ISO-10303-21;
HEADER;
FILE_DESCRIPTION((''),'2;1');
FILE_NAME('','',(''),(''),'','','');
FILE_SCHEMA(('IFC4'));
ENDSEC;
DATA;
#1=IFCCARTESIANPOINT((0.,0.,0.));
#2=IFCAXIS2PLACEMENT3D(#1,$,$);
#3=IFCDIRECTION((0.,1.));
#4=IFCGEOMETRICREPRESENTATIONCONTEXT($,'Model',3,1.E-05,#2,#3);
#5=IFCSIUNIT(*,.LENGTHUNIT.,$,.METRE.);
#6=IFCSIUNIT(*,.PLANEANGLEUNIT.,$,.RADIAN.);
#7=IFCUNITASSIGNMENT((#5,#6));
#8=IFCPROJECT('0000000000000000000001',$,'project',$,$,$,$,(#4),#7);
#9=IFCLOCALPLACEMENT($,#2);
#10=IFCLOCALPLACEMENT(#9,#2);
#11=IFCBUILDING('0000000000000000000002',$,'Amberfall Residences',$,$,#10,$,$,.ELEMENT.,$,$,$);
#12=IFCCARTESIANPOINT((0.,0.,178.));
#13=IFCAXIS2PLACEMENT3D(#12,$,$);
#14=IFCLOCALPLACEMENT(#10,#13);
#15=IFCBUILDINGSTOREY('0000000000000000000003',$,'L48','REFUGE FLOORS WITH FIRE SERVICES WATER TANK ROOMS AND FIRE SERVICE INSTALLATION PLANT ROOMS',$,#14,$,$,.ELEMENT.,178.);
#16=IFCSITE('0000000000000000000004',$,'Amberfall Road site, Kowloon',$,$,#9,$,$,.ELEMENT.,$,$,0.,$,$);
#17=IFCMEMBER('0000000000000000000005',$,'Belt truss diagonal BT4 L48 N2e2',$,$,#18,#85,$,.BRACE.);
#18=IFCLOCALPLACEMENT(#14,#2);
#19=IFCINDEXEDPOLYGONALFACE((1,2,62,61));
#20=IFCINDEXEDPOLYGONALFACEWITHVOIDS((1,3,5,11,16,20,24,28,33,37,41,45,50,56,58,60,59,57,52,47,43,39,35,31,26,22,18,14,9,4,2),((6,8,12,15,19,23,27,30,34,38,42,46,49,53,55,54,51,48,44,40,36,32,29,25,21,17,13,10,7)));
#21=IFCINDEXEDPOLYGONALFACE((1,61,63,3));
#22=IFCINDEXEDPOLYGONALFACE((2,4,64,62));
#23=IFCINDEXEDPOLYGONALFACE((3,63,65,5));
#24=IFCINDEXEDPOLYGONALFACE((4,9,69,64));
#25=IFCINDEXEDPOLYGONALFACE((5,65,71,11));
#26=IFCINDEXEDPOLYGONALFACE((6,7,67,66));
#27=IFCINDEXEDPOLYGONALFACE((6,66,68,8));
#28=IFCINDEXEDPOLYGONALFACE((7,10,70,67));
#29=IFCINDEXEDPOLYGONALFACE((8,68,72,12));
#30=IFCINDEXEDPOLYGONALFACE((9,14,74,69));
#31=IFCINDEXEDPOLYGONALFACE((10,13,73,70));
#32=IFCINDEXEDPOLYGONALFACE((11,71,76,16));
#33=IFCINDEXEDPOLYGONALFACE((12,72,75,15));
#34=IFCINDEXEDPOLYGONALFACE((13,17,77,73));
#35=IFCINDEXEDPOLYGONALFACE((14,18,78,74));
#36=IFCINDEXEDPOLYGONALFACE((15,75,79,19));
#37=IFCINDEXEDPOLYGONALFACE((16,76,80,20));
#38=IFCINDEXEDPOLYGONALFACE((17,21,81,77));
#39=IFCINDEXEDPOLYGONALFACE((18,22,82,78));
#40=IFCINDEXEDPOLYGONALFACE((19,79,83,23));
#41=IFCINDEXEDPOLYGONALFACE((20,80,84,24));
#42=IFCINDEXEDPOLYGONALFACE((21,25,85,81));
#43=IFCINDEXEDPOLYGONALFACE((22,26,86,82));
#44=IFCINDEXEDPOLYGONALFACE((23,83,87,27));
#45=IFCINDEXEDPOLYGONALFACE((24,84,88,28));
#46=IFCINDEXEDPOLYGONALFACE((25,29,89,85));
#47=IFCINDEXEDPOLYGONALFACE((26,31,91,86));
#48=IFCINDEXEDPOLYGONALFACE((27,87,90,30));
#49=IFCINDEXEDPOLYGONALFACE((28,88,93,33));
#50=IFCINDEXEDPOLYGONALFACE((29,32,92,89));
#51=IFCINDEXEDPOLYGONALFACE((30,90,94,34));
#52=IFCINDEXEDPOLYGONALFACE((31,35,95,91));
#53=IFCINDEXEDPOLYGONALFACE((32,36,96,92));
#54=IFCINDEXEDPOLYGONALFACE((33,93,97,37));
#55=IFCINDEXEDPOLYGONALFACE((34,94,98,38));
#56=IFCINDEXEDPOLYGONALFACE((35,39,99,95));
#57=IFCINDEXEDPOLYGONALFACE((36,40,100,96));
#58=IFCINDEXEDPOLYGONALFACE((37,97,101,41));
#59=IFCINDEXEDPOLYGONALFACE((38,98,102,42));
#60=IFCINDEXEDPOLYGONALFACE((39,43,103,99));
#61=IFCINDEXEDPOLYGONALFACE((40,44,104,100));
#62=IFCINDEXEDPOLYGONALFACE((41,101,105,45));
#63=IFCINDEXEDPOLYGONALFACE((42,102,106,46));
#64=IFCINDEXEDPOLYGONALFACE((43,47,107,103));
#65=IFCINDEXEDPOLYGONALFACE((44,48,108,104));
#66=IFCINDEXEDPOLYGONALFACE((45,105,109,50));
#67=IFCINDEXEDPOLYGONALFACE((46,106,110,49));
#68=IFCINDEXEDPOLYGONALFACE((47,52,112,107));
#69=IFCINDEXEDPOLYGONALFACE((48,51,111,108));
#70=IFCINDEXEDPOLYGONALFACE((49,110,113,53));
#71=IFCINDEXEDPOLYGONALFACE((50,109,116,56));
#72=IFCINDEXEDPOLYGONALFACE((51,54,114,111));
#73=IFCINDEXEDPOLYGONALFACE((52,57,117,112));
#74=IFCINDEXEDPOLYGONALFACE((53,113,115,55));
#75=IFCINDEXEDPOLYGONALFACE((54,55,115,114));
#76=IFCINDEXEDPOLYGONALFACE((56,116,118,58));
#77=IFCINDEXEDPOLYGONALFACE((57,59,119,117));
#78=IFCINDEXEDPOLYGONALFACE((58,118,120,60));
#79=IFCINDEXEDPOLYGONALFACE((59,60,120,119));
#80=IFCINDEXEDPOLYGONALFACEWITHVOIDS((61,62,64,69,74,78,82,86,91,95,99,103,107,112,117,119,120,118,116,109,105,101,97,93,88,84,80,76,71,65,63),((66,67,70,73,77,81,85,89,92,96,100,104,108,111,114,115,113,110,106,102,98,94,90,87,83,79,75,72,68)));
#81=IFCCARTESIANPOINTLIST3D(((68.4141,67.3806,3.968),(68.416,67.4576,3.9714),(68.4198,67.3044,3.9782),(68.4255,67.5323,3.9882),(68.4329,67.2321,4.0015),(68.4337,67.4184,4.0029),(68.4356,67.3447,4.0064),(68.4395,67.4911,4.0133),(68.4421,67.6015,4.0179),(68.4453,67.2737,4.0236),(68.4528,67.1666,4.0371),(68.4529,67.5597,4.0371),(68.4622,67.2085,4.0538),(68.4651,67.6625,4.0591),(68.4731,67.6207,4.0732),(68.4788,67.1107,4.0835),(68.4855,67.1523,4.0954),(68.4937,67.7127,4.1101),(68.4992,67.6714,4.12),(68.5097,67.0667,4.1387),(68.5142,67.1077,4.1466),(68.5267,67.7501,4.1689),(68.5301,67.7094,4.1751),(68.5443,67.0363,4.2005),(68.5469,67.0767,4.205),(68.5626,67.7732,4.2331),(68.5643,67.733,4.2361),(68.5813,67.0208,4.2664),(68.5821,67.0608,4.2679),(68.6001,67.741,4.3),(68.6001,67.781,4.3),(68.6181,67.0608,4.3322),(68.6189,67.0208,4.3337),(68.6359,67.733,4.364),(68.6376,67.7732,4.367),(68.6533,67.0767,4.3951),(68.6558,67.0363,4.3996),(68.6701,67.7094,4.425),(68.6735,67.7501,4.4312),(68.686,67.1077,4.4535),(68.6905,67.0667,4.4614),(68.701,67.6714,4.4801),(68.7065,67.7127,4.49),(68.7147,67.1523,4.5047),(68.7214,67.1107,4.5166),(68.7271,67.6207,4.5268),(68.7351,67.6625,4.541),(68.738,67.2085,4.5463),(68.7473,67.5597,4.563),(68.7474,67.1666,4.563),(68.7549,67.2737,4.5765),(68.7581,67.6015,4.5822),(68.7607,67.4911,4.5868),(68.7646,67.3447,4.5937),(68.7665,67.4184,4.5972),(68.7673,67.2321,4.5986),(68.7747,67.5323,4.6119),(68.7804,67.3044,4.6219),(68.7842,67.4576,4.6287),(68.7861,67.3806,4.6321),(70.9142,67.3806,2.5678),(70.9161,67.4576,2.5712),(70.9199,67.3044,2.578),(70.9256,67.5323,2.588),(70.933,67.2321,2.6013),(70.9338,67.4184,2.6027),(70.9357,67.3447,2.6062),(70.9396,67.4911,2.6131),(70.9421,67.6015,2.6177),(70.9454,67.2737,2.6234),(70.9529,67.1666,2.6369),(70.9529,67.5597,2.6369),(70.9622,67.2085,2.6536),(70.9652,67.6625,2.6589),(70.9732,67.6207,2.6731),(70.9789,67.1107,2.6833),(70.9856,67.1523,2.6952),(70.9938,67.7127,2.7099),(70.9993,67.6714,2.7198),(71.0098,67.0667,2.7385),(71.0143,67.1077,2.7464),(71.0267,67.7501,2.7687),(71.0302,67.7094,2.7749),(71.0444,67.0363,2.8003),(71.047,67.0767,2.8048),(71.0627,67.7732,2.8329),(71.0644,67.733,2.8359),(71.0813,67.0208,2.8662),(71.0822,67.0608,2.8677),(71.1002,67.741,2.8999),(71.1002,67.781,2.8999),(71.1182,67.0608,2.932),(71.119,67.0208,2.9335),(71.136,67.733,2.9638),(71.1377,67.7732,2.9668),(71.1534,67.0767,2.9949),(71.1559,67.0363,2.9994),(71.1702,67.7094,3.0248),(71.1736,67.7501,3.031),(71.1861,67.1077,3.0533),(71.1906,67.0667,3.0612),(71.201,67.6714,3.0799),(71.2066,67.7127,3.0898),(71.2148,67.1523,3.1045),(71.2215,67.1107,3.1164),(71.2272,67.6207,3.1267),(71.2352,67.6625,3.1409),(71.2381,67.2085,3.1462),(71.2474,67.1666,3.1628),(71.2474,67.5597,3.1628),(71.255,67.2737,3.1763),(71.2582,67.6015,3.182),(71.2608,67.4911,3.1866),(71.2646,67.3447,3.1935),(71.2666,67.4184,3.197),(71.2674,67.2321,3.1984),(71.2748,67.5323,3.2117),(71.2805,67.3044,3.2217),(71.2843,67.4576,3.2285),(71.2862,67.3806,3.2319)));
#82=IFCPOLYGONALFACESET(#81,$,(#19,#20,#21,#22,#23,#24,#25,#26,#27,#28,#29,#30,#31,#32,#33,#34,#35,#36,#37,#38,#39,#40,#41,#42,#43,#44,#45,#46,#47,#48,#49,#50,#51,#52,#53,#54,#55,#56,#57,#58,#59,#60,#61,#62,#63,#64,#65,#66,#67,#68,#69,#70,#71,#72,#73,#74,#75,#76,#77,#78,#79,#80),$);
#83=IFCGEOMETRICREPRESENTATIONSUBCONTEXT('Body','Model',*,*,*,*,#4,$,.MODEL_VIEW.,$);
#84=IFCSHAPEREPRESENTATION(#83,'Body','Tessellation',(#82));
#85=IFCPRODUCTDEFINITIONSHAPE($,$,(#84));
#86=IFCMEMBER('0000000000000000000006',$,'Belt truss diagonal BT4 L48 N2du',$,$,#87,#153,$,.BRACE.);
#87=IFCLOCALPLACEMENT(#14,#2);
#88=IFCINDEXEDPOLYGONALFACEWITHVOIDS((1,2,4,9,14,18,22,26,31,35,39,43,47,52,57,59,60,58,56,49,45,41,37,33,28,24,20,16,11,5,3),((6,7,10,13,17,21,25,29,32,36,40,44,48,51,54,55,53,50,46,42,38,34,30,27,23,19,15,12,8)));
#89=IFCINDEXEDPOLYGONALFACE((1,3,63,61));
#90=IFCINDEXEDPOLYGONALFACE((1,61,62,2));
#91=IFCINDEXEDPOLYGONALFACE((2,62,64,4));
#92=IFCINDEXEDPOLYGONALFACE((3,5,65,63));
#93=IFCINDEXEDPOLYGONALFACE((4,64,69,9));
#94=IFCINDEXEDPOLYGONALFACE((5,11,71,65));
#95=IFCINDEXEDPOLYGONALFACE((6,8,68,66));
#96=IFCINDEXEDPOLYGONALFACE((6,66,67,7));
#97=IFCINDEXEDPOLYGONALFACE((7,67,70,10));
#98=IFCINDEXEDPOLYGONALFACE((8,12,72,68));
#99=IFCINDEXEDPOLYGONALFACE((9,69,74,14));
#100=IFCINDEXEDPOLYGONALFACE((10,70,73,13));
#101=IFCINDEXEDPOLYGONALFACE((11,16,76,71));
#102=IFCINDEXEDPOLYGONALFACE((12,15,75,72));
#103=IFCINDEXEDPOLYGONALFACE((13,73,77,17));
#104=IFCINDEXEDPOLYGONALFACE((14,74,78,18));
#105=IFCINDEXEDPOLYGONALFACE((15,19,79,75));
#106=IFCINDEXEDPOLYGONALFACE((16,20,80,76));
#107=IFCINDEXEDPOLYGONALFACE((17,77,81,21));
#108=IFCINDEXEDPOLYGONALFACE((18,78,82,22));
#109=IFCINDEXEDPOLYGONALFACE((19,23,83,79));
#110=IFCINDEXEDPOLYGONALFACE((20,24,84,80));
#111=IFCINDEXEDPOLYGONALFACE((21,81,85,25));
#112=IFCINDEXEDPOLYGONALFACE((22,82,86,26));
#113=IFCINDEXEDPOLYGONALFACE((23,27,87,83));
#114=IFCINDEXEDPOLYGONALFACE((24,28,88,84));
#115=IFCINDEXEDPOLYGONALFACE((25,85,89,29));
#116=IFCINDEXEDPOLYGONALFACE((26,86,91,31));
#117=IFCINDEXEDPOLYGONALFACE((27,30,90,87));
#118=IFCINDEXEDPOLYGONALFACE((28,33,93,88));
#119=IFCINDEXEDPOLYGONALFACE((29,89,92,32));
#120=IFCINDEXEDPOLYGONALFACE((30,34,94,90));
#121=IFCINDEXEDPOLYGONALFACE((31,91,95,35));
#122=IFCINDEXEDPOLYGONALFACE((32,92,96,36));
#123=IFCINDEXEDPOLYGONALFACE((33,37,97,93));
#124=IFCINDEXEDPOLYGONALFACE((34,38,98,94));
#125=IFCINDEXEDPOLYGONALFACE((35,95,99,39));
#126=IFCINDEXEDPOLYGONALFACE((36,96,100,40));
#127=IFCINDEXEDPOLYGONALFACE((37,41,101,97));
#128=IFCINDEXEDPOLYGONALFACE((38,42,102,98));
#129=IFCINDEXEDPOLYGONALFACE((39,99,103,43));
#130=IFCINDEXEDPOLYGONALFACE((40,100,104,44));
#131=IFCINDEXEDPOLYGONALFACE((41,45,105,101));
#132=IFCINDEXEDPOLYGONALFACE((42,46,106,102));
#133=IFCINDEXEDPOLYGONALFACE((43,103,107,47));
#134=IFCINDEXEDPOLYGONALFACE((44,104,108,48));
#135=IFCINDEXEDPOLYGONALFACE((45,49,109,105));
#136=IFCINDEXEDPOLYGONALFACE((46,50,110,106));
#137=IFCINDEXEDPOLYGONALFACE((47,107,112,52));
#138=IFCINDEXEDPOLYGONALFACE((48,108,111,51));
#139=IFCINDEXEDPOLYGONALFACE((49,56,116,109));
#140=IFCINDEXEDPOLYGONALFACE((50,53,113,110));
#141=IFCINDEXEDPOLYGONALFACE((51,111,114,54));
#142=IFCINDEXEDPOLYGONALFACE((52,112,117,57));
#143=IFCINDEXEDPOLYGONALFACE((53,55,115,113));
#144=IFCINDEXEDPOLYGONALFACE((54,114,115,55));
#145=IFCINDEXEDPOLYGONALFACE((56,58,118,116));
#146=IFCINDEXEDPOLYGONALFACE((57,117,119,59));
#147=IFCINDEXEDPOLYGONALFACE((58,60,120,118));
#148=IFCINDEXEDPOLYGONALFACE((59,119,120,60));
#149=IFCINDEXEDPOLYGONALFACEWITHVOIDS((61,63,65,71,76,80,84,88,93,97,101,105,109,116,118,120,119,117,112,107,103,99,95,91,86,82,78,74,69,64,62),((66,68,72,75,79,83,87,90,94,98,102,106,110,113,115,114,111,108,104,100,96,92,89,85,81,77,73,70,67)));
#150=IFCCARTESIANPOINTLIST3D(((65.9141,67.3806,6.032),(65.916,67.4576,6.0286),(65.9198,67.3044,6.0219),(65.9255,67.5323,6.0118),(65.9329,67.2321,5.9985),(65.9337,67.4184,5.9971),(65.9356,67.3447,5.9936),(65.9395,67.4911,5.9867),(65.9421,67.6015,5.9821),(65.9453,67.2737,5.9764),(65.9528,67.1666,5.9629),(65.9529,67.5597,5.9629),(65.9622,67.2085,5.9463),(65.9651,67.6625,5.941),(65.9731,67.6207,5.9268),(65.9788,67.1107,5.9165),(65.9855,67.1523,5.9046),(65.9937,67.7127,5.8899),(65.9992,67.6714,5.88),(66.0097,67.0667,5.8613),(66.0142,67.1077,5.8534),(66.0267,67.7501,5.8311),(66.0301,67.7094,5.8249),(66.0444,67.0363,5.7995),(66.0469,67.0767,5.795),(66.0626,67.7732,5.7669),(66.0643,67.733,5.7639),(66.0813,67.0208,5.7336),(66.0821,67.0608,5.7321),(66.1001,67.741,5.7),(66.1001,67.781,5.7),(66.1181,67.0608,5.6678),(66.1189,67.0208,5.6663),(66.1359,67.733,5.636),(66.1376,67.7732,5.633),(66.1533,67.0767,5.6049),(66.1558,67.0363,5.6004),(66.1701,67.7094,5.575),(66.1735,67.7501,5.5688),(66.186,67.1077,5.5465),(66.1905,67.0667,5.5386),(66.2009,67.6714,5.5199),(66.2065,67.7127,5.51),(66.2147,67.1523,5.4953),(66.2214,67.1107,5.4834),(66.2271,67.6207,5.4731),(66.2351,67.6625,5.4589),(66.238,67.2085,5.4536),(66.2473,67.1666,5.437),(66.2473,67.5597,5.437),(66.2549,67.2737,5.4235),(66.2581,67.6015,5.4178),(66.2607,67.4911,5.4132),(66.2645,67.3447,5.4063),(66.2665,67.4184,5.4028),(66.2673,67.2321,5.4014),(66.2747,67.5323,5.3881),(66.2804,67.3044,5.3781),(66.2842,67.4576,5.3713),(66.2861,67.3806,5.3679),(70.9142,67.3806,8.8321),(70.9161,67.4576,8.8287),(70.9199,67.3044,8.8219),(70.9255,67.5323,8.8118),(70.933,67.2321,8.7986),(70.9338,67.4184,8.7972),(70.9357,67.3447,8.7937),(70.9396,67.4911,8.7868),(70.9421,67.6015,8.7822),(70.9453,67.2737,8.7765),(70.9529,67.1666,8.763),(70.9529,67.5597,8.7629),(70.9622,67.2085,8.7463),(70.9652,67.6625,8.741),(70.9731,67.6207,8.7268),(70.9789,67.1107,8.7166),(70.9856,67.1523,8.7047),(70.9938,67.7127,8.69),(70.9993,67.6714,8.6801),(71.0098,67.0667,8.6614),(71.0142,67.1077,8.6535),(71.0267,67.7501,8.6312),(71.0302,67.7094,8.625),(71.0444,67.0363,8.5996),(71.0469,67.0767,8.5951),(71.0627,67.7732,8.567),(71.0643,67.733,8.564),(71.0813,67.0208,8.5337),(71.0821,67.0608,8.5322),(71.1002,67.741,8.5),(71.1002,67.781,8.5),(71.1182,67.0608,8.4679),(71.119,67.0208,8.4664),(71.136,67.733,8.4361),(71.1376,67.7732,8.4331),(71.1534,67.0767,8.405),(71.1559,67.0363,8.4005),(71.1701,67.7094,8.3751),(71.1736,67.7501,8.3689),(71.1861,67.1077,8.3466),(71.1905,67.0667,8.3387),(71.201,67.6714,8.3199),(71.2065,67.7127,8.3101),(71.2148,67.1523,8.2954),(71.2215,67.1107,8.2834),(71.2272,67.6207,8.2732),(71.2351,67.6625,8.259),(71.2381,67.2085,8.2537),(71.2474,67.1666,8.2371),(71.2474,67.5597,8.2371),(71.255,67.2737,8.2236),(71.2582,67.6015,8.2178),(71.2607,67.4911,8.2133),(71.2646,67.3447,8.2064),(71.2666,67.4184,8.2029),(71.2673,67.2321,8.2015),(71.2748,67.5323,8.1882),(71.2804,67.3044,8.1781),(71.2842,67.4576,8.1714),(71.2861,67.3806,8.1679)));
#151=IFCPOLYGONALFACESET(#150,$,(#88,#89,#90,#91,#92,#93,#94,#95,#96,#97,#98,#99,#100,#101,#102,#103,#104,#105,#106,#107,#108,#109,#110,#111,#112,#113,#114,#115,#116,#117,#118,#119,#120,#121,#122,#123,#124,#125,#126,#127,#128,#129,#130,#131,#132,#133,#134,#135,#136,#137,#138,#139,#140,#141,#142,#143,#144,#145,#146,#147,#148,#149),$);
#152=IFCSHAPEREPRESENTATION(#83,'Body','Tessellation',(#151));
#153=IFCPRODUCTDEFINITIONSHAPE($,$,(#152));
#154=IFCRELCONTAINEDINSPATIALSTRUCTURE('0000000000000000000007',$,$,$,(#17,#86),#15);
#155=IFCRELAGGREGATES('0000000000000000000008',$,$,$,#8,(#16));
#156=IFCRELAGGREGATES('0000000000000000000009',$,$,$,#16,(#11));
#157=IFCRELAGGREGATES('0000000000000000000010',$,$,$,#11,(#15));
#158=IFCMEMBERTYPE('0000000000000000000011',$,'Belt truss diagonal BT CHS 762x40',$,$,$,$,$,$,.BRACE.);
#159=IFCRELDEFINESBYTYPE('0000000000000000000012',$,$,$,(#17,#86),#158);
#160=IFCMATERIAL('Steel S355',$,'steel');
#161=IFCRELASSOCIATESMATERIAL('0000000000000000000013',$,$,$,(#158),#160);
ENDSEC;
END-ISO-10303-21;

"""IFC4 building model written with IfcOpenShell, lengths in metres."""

from ifc_helpers import new_model, si_unit, direction, frame, origin, origin_2d, place, context, subcontext, project, spatial, hollow_circle, extrude, material, material_profile, profile_set, type_object, element, save


model = new_model("IFC4")

# Units and contexts
model_context = context("Model", 3, precision=1e-05, world=origin(), true_north=direction((0.0, 1.0)))
body_context = subcontext(model_context, "Body", "Model", "MODEL_VIEW")
ifc_project = project(units=[si_unit("LENGTHUNIT", "METRE"), si_unit("PLANEANGLEUNIT", "RADIAN")], contexts=[model_context])

# Site, building, storey
site_placement = place(None, origin())
site = spatial("IfcSite", under=ifc_project, at=site_placement, Name="Amberfall Road site, Kowloon", CompositionType="ELEMENT", RefElevation=0.0)
building_placement = place(site_placement, origin())
building = spatial("IfcBuilding", under=site, at=building_placement, Name="Amberfall Residences", CompositionType="ELEMENT")
storey_placement = place(building_placement, frame((0.0, 0.0, 178.0)))
storey = spatial("IfcBuildingStorey", under=building, at=storey_placement, Name="L48", Description="REFUGE FLOORS WITH FIRE SERVICES WATER TANK ROOMS AND FIRE SERVICE INSTALLATION PLANT ROOMS", CompositionType="ELEMENT", Elevation=178.0)

# Shared definitions
ifc_material_1 = material(Name="Steel S355", Category="steel")

# Members
ifc_material_profile_1 = material_profile(ifc_material_1, hollow_circle(Radius=0.3811, WallThickness=0.04, at=origin_2d()), Name="CHS 762x40")
ifc_profile_set_1 = profile_set([ifc_material_profile_1], Name="Steel S355")
member_type_1 = type_object("IfcMemberType", Name="Belt truss diagonal BT CHS 762x40", PredefinedType="BRACE", material=ifc_profile_set_1)
member_1_placement = place(storey_placement, frame((68.6001, 67.3999, 4.3), z_axis=(0.872484, 0.0, -0.488642), x_axis=(0.0, 1.0, 0.0)))
element("IfcMember", 1, at=member_1_placement, inside=storey, type_object=member_type_1, Name="Belt truss diagonal BT4 L48 N2e2", PredefinedType="BRACE", context=body_context, shape_type="SweptSolid", body=[
    extrude(hollow_circle(Radius=0.3811, WallThickness=0.04, at=origin_2d()), origin(), (0.0, 0.0, 1.0), 2.8655),
])
member_2_placement = place(storey_placement, frame((66.1001, 67.3999, 5.7), z_axis=(0.872502, 0.0, 0.48861), x_axis=(0.0, 1.0, 0.0)))
element("IfcMember", 2, at=member_2_placement, inside=storey, type_object=member_type_1, Name="Belt truss diagonal BT4 L48 N2du", PredefinedType="BRACE", context=body_context, shape_type="SweptSolid", body=[
    extrude(hollow_circle(Radius=0.3811, WallThickness=0.04, at=origin_2d()), origin(), (0.0, 0.0, 1.0), 5.7307),
])

save(model, "model.ifc")
